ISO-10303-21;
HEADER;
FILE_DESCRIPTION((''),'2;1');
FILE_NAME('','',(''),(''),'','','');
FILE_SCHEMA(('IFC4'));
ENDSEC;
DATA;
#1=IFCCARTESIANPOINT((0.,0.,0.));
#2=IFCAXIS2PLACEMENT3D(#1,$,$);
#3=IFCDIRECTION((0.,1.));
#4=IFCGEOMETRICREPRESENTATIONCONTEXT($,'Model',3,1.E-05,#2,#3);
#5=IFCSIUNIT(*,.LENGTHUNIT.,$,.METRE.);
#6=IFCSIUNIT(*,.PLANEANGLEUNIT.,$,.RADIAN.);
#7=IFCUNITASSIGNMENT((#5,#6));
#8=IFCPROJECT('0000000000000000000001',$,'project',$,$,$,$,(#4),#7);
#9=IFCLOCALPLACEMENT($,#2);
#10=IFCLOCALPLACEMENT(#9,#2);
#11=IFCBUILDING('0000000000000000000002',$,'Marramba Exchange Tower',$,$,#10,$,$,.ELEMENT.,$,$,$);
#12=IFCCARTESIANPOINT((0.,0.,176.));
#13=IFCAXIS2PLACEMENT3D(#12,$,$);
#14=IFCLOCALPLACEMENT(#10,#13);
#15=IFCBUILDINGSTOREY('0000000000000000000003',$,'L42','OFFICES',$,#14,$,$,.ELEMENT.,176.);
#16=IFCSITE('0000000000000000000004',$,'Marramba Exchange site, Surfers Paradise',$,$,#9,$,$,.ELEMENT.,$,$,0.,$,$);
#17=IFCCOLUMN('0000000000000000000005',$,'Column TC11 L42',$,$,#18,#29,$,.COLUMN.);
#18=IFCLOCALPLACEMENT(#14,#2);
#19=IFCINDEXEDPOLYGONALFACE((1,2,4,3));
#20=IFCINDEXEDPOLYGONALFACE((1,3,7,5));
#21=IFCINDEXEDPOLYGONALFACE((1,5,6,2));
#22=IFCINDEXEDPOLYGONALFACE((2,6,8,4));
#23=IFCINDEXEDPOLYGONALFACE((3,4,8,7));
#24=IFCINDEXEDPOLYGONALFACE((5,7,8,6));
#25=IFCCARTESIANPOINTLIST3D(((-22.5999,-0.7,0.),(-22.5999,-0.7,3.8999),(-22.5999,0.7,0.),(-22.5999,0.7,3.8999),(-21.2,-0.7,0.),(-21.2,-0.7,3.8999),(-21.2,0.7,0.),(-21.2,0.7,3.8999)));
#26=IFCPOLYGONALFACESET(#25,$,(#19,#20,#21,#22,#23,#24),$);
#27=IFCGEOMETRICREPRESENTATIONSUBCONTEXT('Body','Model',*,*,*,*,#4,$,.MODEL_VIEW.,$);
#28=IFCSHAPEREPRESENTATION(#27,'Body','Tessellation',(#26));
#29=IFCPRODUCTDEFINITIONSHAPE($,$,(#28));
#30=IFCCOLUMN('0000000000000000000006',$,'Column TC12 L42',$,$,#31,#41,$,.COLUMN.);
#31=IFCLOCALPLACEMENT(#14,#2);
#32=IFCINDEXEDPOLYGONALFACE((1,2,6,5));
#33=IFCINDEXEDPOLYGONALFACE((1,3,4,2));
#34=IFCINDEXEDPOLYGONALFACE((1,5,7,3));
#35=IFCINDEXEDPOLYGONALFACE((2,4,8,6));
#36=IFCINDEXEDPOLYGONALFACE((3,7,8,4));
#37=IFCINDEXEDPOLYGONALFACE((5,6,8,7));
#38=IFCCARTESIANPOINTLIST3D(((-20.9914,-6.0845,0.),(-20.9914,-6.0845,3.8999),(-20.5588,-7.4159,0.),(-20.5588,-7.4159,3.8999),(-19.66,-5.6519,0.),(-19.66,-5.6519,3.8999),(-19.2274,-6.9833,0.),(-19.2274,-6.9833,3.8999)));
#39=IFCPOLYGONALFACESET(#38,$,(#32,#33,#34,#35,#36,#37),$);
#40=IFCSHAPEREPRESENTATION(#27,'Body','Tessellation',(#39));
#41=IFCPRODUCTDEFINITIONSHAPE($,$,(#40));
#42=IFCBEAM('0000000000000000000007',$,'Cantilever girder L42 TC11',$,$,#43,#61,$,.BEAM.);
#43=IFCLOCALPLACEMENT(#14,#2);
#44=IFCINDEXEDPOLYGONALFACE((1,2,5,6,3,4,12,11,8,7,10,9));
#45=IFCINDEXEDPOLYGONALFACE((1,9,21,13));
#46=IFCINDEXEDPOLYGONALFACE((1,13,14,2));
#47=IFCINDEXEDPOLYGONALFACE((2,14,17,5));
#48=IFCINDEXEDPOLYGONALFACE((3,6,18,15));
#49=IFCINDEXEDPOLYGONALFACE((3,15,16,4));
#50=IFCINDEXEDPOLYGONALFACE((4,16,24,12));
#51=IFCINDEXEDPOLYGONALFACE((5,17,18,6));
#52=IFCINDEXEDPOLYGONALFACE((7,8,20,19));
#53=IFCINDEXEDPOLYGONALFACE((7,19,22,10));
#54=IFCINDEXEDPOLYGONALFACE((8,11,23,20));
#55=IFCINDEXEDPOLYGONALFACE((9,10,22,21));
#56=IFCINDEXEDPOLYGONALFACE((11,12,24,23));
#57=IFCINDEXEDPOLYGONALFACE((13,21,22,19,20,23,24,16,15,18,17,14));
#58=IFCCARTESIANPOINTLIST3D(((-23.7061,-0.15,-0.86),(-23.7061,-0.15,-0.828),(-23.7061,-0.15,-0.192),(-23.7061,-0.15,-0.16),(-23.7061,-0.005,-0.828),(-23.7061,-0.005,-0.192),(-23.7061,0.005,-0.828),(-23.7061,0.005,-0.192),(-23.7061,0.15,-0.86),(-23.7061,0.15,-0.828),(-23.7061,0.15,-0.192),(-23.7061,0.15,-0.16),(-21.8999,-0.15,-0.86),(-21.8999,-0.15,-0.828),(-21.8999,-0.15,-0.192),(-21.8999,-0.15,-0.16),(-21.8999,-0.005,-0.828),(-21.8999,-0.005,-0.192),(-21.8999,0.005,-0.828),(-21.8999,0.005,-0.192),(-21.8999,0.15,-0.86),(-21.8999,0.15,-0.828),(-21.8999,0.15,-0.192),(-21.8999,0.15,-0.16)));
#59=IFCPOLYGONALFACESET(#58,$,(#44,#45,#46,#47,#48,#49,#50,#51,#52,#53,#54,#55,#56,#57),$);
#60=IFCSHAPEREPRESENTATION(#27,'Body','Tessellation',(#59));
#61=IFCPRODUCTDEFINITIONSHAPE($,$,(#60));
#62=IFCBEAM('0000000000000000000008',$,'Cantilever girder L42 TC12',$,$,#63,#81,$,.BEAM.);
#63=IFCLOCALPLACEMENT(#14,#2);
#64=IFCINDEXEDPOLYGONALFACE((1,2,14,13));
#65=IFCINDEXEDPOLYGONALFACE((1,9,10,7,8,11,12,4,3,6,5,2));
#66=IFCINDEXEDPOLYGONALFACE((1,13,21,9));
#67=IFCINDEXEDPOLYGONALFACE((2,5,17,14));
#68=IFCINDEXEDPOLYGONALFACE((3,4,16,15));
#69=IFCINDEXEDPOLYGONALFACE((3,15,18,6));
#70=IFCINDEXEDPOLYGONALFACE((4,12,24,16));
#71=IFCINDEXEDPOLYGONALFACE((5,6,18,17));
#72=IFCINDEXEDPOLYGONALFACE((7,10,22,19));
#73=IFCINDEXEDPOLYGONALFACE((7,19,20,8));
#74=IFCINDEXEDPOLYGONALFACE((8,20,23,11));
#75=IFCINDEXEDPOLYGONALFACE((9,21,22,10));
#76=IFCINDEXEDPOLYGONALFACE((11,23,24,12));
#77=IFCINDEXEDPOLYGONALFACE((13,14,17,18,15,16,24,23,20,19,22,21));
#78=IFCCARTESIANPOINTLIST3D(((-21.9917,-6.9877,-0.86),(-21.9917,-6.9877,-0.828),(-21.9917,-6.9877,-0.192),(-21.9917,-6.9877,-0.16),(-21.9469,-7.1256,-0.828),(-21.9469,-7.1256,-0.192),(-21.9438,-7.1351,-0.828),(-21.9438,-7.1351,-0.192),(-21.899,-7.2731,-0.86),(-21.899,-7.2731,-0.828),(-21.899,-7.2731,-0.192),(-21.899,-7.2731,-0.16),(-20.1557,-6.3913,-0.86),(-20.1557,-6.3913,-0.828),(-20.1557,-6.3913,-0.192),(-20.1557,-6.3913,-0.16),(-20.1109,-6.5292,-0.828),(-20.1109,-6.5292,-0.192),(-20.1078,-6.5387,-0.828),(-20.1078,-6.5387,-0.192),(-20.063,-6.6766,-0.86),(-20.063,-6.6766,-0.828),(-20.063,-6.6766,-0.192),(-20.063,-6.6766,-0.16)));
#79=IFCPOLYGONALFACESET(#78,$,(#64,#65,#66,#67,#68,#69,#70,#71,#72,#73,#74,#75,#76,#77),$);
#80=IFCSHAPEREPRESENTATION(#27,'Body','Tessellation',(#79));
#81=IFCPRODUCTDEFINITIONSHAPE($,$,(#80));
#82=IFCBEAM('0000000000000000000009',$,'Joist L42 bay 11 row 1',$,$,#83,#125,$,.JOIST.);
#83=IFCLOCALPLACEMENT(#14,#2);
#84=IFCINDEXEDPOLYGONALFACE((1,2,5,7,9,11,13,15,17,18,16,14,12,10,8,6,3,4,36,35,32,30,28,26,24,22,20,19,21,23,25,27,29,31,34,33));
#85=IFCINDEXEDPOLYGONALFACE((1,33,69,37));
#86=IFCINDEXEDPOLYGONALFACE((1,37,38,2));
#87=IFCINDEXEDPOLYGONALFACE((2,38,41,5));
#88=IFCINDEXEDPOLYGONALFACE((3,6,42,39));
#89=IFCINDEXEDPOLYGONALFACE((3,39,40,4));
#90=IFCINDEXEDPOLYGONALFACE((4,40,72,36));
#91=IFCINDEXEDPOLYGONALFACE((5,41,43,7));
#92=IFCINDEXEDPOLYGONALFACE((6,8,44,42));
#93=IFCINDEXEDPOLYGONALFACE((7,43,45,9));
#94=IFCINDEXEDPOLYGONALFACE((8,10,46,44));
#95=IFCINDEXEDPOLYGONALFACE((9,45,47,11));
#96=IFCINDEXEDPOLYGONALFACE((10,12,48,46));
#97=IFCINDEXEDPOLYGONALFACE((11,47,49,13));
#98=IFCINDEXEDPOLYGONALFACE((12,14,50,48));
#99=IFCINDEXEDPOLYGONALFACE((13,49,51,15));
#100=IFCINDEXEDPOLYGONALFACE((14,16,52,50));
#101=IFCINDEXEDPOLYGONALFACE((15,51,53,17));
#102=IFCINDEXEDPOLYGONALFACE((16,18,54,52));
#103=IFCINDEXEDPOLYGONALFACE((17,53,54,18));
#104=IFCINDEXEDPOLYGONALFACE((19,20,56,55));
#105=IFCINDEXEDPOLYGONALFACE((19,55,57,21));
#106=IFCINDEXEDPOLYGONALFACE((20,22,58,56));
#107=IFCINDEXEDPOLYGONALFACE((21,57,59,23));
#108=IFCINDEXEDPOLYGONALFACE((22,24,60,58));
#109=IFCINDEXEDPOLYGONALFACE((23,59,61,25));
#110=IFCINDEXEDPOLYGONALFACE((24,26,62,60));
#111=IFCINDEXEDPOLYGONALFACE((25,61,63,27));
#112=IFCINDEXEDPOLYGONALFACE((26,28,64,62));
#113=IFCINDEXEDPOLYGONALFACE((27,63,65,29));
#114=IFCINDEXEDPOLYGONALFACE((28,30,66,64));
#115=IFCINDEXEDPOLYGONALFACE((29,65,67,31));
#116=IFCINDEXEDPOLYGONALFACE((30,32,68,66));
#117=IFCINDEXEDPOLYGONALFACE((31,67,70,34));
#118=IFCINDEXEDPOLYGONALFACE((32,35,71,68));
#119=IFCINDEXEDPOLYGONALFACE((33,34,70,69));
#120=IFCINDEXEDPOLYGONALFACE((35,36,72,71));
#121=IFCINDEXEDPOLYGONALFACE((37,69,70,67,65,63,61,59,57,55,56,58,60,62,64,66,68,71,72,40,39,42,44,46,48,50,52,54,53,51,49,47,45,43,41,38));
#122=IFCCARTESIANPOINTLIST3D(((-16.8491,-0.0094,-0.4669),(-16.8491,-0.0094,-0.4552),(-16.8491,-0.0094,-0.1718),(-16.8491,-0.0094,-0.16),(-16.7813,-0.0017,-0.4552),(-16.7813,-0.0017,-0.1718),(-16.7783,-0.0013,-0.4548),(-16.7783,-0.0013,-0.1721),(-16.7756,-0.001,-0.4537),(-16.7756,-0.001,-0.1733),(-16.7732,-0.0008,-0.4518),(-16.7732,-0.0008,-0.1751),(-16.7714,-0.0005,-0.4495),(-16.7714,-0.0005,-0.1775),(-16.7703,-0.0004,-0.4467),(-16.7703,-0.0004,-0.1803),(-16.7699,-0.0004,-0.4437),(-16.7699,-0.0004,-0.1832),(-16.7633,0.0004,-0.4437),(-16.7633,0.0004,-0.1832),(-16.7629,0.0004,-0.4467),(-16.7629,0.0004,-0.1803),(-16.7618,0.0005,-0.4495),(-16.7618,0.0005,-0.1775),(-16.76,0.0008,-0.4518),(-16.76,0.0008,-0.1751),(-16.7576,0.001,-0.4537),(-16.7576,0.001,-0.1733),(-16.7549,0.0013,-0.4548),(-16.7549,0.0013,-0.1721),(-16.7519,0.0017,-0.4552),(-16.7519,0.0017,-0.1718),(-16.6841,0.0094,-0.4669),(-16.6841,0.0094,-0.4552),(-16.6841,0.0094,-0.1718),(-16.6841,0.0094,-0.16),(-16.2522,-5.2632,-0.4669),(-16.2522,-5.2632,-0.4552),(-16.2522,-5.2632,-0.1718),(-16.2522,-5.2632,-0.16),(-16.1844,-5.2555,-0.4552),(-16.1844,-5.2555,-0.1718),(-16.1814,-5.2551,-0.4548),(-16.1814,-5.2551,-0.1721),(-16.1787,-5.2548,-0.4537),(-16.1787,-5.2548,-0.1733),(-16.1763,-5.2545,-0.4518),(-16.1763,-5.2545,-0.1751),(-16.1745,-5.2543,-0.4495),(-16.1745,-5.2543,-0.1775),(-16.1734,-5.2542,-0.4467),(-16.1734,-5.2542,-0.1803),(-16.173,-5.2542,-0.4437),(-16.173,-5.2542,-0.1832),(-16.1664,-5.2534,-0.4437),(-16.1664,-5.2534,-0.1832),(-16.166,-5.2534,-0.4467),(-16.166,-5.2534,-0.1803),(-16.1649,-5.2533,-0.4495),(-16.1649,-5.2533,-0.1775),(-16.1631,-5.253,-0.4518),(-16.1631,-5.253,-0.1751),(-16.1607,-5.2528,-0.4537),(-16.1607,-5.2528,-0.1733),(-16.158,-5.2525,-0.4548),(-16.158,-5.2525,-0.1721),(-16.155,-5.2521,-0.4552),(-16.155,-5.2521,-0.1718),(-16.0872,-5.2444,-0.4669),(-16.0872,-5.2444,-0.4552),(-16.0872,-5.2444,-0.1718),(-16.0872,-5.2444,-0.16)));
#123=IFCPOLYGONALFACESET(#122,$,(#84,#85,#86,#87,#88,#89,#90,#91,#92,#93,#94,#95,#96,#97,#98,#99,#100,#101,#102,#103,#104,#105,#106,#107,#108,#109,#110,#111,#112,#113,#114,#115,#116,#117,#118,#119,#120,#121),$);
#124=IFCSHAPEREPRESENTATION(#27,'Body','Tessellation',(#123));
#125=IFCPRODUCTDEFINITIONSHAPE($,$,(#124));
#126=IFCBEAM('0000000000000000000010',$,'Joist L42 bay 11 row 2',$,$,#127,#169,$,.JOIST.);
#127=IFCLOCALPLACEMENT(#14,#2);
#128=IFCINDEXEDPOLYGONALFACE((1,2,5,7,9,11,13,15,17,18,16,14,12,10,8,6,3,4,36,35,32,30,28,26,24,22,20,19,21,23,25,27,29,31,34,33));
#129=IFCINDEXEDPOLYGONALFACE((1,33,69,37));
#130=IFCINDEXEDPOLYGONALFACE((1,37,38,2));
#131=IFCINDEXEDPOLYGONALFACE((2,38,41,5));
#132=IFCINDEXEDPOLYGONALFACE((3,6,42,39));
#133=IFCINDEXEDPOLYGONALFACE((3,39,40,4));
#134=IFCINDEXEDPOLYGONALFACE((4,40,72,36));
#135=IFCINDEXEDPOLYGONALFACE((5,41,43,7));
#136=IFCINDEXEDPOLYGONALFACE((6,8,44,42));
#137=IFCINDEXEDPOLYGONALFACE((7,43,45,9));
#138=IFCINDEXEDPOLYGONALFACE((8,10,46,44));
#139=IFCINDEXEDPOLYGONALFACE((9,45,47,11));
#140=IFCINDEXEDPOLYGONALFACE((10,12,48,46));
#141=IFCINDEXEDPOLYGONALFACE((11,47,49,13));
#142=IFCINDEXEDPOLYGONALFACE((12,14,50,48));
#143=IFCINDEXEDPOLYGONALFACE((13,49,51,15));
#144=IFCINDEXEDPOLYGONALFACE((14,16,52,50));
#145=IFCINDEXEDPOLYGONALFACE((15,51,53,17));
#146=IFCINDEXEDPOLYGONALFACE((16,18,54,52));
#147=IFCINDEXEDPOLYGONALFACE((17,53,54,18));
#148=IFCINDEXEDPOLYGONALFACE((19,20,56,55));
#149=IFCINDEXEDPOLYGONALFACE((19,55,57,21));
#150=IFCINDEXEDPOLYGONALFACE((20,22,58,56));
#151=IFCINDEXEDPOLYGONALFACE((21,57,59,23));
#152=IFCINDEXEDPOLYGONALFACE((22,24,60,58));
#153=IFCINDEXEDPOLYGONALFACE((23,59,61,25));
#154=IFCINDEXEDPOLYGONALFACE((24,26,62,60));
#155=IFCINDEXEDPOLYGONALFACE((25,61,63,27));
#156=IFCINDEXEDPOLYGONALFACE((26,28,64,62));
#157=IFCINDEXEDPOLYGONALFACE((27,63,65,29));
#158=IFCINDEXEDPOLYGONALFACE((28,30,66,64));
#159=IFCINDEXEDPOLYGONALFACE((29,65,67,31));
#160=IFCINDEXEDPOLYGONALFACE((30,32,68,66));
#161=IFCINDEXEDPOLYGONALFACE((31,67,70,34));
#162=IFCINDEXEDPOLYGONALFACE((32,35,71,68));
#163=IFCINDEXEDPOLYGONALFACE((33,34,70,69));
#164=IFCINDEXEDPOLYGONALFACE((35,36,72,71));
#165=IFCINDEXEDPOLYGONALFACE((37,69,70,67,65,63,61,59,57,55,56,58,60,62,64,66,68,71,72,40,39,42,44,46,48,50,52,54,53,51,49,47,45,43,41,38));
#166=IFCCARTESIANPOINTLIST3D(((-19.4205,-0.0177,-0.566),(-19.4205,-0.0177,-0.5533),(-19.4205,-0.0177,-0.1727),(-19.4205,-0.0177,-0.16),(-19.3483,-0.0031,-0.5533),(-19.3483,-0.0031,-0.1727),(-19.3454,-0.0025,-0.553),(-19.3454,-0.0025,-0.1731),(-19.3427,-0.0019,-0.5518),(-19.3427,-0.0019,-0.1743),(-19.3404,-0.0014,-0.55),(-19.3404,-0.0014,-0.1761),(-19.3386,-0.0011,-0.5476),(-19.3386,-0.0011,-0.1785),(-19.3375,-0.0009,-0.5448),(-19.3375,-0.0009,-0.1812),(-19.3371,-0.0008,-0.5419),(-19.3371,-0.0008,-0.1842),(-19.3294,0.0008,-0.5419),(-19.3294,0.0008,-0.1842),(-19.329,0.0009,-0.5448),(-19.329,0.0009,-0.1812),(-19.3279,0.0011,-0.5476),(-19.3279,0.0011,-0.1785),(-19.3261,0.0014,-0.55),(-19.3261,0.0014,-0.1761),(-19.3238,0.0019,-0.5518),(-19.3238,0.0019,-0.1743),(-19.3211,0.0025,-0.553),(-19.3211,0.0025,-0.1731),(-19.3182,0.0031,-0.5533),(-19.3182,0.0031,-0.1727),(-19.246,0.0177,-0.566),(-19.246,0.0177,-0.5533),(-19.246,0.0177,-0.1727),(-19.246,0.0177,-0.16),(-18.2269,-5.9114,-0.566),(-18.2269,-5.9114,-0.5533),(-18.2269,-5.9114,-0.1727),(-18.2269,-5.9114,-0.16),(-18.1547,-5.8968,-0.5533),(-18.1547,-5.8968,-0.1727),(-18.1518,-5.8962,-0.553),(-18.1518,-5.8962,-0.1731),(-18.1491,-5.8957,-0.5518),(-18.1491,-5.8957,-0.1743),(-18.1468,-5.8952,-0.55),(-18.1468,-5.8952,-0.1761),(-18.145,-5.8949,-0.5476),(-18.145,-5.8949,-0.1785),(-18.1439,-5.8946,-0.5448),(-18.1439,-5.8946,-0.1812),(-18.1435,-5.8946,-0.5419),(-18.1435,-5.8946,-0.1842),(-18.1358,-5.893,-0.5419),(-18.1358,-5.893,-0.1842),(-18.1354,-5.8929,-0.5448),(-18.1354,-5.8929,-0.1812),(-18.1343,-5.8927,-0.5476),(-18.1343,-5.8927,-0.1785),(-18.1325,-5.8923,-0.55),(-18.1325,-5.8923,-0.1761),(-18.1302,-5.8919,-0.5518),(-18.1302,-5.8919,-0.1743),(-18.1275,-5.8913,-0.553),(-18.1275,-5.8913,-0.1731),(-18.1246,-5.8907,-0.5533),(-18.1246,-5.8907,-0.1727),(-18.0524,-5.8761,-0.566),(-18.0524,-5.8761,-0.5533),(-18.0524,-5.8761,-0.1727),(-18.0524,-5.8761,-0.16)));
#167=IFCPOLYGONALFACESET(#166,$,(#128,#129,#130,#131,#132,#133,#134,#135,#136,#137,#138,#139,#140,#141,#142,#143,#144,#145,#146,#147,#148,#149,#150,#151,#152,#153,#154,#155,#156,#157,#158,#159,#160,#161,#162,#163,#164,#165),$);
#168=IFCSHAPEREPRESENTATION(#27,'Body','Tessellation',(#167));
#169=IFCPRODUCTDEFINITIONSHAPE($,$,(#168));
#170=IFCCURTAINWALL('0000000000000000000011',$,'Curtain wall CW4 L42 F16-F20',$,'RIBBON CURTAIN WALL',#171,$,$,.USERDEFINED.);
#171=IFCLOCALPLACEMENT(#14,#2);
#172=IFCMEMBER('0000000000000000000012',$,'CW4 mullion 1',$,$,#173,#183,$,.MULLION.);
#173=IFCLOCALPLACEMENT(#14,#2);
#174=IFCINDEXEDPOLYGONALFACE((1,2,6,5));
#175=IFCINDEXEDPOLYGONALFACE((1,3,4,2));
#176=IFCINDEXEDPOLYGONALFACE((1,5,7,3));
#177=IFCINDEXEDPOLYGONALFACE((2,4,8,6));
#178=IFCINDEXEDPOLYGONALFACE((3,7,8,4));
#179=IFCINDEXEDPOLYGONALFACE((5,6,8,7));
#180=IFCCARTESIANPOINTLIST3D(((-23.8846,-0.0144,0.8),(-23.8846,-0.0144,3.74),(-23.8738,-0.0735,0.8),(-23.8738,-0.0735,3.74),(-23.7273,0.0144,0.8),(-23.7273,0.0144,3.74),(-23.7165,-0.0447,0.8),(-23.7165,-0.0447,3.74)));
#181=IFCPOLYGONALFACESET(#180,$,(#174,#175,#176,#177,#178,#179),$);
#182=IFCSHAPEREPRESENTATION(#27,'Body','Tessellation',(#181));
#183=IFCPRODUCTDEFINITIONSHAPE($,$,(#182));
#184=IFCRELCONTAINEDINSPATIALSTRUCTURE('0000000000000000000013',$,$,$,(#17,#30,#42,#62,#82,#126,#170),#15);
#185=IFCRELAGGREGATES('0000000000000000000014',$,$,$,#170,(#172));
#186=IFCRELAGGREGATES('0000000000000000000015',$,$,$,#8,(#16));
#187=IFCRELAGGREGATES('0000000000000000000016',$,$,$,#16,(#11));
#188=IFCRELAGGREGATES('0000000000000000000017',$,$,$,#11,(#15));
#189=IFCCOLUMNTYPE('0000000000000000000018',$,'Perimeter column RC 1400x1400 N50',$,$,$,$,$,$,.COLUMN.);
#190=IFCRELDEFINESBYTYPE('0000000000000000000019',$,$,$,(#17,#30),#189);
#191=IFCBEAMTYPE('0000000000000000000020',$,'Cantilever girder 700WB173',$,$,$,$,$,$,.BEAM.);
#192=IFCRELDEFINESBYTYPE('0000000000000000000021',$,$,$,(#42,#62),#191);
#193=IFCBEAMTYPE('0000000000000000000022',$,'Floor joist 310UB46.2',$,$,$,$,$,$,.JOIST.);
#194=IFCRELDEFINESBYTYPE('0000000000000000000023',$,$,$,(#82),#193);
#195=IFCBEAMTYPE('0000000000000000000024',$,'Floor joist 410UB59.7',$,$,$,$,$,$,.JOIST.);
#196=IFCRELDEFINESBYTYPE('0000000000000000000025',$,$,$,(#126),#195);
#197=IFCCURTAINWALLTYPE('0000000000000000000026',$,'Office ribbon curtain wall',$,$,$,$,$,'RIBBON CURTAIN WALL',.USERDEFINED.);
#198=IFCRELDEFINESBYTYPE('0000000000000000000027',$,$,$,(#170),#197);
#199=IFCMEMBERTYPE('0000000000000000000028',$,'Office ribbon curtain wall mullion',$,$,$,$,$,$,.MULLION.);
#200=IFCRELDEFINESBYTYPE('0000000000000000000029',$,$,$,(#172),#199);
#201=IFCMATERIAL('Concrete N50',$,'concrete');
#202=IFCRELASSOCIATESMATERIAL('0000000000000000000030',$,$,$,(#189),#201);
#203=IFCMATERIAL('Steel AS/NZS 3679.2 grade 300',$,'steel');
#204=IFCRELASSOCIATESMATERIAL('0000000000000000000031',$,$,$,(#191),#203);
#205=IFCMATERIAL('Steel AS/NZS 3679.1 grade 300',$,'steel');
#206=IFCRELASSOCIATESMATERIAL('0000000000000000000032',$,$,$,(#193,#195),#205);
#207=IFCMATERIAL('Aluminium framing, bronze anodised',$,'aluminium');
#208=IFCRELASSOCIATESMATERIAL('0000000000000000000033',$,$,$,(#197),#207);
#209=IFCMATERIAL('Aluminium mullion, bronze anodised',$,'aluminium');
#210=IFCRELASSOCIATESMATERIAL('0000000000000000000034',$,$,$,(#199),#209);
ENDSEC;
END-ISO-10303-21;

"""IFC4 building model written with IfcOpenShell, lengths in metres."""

from ifc_helpers import new_model, si_unit, direction, frame, origin, origin_2d, place, context, subcontext, project, spatial, rectangle, i_section, extrude, material, material_profile, profile_set, type_object, element, aggregate, save


model = new_model("IFC4")

# Units and contexts
model_context = context("Model", 3, precision=1e-05, world=origin(), true_north=direction((0.0, 1.0)))
body_context = subcontext(model_context, "Body", "Model", "MODEL_VIEW")
ifc_project = project(units=[si_unit("LENGTHUNIT", "METRE"), si_unit("PLANEANGLEUNIT", "RADIAN")], contexts=[model_context])

# Site, building, storey
site_placement = place(None, origin())
site = spatial("IfcSite", under=ifc_project, at=site_placement, Name="Marramba Exchange site, Surfers Paradise", CompositionType="ELEMENT", RefElevation=0.0)
building_placement = place(site_placement, origin())
building = spatial("IfcBuilding", under=site, at=building_placement, Name="Marramba Exchange Tower", CompositionType="ELEMENT")
storey_placement = place(building_placement, frame((0.0, 0.0, 176.0)))
storey = spatial("IfcBuildingStorey", under=building, at=storey_placement, Name="L42", Description="OFFICES", CompositionType="ELEMENT", Elevation=176.0)

# Columns
ifc_material_1 = material(Name="Concrete N50", Category="concrete")
ifc_material_profile_1 = material_profile(ifc_material_1, rectangle(XDim=1.3999, YDim=1.3999, at=origin_2d()), Name="RC 1400x1400")
ifc_profile_set_1 = profile_set([ifc_material_profile_1], Name="Concrete N50")
column_type = type_object("IfcColumnType", Name="Perimeter column RC 1400x1400 N50", PredefinedType="COLUMN", material=ifc_profile_set_1)
for number, where, z_axis, x_axis, name in (
    (1, (-21.8999, 0.0, 0.0), (0.0, 0.0, 1.0), (-1.0, 0.0, 0.0), "Column TC11 L42"),
    (2, (-20.1094, -6.5339, 0.0), (0.0, 0.0, 1.0), (-0.951057, -0.309017, 0.0), "Column TC12 L42"),
):
    element("IfcColumn", number, at=place(storey_placement, frame(where, z_axis=z_axis, x_axis=x_axis)), inside=storey, type_object=column_type, Name=name, PredefinedType="COLUMN", context=body_context, shape_type="SweptSolid", body=[
        extrude(rectangle(XDim=1.3999, YDim=1.3999, at=origin_2d()), origin(), (0.0, 0.0, 1.0), 3.8999),
    ])

# Beams
ifc_material_2 = material(Name="Steel AS/NZS 3679.2 grade 300", Category="steel")
ifc_material_profile_2 = material_profile(ifc_material_2, i_section(OverallWidth=0.3, OverallDepth=0.7, WebThickness=0.01, FlangeThickness=0.032, at=origin_2d()), Name="700WB173")
ifc_profile_set_2 = profile_set([ifc_material_profile_2], Name="Steel AS/NZS 3679.2 grade 300")
beam_type_1 = type_object("IfcBeamType", Name="Cantilever girder 700WB173", PredefinedType="BEAM", material=ifc_profile_set_2)
beam_1_placement = place(storey_placement, frame((-21.8999, 0.0, -0.51), z_axis=(-1.0, 0.0, 0.0), x_axis=(0.0, -1.0, 0.0)))
element("IfcBeam", 3, at=beam_1_placement, inside=storey, type_object=beam_type_1, Name="Cantilever girder L42 TC11", PredefinedType="BEAM", context=body_context, shape_type="SweptSolid", body=[
    extrude(i_section(OverallWidth=0.3, OverallDepth=0.7, WebThickness=0.01, FlangeThickness=0.032, at=origin_2d()), origin(), (0.0, 0.0, 1.0), 1.8062),
])
beam_2_placement = place(storey_placement, frame((-20.1094, -6.5339, -0.51), z_axis=(-0.951071, -0.308972, 0.0), x_axis=(0.308972, -0.951071, 0.0)))
element("IfcBeam", 4, at=beam_2_placement, inside=storey, type_object=beam_type_1, Name="Cantilever girder L42 TC12", PredefinedType="BEAM", context=body_context, shape_type="SweptSolid", body=[
    extrude(i_section(OverallWidth=0.3, OverallDepth=0.7, WebThickness=0.01, FlangeThickness=0.032, at=origin_2d()), origin(), (0.0, 0.0, 1.0), 1.9304),
])
ifc_material_3 = material(Name="Steel AS/NZS 3679.1 grade 300", Category="steel")
ifc_material_profile_3 = material_profile(ifc_material_3, i_section(OverallWidth=0.166, OverallDepth=0.3069, WebThickness=0.0066, FlangeThickness=0.0117, FilletRadius=0.0115, at=origin_2d()), Name="310UB46.2")
ifc_profile_set_3 = profile_set([ifc_material_profile_3], Name="Steel AS/NZS 3679.1 grade 300")
beam_type_2 = type_object("IfcBeamType", Name="Floor joist 310UB46.2", PredefinedType="JOIST", material=ifc_profile_set_3)
beam_3_placement = place(storey_placement, frame((-16.7666, 0.0, -0.3135), z_axis=(0.112889, -0.993608, 0.0), x_axis=(0.993608, 0.112889, 0.0)))
element("IfcBeam", 5, at=beam_3_placement, inside=storey, type_object=beam_type_2, Name="Joist L42 bay 11 row 1", PredefinedType="JOIST", context=body_context, shape_type="SweptSolid", body=[
    extrude(i_section(OverallWidth=0.166, OverallDepth=0.3069, WebThickness=0.0066, FlangeThickness=0.0117, FilletRadius=0.0115, at=origin_2d()), origin(), (0.0, 0.0, 1.0), 5.2876),
])
ifc_material_profile_4 = material_profile(ifc_material_3, i_section(OverallWidth=0.178, OverallDepth=0.406, WebThickness=0.0078, FlangeThickness=0.0127, FilletRadius=0.0115, at=origin_2d()), Name="410UB59.7")
ifc_profile_set_4 = profile_set([ifc_material_profile_4], Name="Steel AS/NZS 3679.1 grade 300")
beam_type_3 = type_object("IfcBeamType", Name="Floor joist 410UB59.7", PredefinedType="JOIST", material=ifc_profile_set_4)
beam_4_placement = place(storey_placement, frame((-19.3333, 0.0, -0.363), z_axis=(0.198489, -0.980103, 0.0), x_axis=(0.980103, 0.198489, 0.0)))
element("IfcBeam", 6, at=beam_4_placement, inside=storey, type_object=beam_type_3, Name="Joist L42 bay 11 row 2", PredefinedType="JOIST", context=body_context, shape_type="SweptSolid", body=[
    extrude(i_section(OverallWidth=0.178, OverallDepth=0.406, WebThickness=0.0078, FlangeThickness=0.0127, FilletRadius=0.0115, at=origin_2d()), origin(), (0.0, 0.0, 1.0), 6.0134),
])

# Curtain wall, member
ifc_material_4 = material(Name="Aluminium framing, bronze anodised", Category="aluminium")
curtain_wall_type = type_object("IfcCurtainWallType", Name="Office ribbon curtain wall", ElementType="RIBBON CURTAIN WALL", PredefinedType="USERDEFINED", material=ifc_material_4)
curtain_wall_placement = place(storey_placement, origin())
curtain_wall = element("IfcCurtainWall", 7, at=curtain_wall_placement, inside=storey, type_object=curtain_wall_type, Name="Curtain wall CW4 L42 F16-F20", ObjectType="RIBBON CURTAIN WALL", PredefinedType="USERDEFINED")
ifc_material_5 = material(Name="Aluminium mullion, bronze anodised", Category="aluminium")
ifc_material_profile_5 = material_profile(ifc_material_5, rectangle(XDim=0.1599, YDim=0.0601, at=origin_2d()), Name="CW4 mullion 60x160")
ifc_profile_set_5 = profile_set([ifc_material_profile_5], Name="Aluminium mullion, bronze anodised")
member_type_1 = type_object("IfcMemberType", Name="Office ribbon curtain wall mullion", PredefinedType="MULLION", material=ifc_profile_set_5)
member_1_placement = place(storey_placement, frame((-23.8005, -0.0295, 0.8), z_axis=(0.0, 0.0, 1.0), x_axis=(0.983607, 0.180327, 0.0)))
member_1 = element("IfcMember", 8, at=member_1_placement, type_object=member_type_1, Name="CW4 mullion 1", PredefinedType="MULLION", context=body_context, shape_type="SweptSolid", body=[
    extrude(rectangle(XDim=0.1599, YDim=0.0601, at=origin_2d()), origin(), (0.0, 0.0, 1.0), 2.9399),
])

aggregate(curtain_wall, [member_1])

save(model, "model.ifc")
